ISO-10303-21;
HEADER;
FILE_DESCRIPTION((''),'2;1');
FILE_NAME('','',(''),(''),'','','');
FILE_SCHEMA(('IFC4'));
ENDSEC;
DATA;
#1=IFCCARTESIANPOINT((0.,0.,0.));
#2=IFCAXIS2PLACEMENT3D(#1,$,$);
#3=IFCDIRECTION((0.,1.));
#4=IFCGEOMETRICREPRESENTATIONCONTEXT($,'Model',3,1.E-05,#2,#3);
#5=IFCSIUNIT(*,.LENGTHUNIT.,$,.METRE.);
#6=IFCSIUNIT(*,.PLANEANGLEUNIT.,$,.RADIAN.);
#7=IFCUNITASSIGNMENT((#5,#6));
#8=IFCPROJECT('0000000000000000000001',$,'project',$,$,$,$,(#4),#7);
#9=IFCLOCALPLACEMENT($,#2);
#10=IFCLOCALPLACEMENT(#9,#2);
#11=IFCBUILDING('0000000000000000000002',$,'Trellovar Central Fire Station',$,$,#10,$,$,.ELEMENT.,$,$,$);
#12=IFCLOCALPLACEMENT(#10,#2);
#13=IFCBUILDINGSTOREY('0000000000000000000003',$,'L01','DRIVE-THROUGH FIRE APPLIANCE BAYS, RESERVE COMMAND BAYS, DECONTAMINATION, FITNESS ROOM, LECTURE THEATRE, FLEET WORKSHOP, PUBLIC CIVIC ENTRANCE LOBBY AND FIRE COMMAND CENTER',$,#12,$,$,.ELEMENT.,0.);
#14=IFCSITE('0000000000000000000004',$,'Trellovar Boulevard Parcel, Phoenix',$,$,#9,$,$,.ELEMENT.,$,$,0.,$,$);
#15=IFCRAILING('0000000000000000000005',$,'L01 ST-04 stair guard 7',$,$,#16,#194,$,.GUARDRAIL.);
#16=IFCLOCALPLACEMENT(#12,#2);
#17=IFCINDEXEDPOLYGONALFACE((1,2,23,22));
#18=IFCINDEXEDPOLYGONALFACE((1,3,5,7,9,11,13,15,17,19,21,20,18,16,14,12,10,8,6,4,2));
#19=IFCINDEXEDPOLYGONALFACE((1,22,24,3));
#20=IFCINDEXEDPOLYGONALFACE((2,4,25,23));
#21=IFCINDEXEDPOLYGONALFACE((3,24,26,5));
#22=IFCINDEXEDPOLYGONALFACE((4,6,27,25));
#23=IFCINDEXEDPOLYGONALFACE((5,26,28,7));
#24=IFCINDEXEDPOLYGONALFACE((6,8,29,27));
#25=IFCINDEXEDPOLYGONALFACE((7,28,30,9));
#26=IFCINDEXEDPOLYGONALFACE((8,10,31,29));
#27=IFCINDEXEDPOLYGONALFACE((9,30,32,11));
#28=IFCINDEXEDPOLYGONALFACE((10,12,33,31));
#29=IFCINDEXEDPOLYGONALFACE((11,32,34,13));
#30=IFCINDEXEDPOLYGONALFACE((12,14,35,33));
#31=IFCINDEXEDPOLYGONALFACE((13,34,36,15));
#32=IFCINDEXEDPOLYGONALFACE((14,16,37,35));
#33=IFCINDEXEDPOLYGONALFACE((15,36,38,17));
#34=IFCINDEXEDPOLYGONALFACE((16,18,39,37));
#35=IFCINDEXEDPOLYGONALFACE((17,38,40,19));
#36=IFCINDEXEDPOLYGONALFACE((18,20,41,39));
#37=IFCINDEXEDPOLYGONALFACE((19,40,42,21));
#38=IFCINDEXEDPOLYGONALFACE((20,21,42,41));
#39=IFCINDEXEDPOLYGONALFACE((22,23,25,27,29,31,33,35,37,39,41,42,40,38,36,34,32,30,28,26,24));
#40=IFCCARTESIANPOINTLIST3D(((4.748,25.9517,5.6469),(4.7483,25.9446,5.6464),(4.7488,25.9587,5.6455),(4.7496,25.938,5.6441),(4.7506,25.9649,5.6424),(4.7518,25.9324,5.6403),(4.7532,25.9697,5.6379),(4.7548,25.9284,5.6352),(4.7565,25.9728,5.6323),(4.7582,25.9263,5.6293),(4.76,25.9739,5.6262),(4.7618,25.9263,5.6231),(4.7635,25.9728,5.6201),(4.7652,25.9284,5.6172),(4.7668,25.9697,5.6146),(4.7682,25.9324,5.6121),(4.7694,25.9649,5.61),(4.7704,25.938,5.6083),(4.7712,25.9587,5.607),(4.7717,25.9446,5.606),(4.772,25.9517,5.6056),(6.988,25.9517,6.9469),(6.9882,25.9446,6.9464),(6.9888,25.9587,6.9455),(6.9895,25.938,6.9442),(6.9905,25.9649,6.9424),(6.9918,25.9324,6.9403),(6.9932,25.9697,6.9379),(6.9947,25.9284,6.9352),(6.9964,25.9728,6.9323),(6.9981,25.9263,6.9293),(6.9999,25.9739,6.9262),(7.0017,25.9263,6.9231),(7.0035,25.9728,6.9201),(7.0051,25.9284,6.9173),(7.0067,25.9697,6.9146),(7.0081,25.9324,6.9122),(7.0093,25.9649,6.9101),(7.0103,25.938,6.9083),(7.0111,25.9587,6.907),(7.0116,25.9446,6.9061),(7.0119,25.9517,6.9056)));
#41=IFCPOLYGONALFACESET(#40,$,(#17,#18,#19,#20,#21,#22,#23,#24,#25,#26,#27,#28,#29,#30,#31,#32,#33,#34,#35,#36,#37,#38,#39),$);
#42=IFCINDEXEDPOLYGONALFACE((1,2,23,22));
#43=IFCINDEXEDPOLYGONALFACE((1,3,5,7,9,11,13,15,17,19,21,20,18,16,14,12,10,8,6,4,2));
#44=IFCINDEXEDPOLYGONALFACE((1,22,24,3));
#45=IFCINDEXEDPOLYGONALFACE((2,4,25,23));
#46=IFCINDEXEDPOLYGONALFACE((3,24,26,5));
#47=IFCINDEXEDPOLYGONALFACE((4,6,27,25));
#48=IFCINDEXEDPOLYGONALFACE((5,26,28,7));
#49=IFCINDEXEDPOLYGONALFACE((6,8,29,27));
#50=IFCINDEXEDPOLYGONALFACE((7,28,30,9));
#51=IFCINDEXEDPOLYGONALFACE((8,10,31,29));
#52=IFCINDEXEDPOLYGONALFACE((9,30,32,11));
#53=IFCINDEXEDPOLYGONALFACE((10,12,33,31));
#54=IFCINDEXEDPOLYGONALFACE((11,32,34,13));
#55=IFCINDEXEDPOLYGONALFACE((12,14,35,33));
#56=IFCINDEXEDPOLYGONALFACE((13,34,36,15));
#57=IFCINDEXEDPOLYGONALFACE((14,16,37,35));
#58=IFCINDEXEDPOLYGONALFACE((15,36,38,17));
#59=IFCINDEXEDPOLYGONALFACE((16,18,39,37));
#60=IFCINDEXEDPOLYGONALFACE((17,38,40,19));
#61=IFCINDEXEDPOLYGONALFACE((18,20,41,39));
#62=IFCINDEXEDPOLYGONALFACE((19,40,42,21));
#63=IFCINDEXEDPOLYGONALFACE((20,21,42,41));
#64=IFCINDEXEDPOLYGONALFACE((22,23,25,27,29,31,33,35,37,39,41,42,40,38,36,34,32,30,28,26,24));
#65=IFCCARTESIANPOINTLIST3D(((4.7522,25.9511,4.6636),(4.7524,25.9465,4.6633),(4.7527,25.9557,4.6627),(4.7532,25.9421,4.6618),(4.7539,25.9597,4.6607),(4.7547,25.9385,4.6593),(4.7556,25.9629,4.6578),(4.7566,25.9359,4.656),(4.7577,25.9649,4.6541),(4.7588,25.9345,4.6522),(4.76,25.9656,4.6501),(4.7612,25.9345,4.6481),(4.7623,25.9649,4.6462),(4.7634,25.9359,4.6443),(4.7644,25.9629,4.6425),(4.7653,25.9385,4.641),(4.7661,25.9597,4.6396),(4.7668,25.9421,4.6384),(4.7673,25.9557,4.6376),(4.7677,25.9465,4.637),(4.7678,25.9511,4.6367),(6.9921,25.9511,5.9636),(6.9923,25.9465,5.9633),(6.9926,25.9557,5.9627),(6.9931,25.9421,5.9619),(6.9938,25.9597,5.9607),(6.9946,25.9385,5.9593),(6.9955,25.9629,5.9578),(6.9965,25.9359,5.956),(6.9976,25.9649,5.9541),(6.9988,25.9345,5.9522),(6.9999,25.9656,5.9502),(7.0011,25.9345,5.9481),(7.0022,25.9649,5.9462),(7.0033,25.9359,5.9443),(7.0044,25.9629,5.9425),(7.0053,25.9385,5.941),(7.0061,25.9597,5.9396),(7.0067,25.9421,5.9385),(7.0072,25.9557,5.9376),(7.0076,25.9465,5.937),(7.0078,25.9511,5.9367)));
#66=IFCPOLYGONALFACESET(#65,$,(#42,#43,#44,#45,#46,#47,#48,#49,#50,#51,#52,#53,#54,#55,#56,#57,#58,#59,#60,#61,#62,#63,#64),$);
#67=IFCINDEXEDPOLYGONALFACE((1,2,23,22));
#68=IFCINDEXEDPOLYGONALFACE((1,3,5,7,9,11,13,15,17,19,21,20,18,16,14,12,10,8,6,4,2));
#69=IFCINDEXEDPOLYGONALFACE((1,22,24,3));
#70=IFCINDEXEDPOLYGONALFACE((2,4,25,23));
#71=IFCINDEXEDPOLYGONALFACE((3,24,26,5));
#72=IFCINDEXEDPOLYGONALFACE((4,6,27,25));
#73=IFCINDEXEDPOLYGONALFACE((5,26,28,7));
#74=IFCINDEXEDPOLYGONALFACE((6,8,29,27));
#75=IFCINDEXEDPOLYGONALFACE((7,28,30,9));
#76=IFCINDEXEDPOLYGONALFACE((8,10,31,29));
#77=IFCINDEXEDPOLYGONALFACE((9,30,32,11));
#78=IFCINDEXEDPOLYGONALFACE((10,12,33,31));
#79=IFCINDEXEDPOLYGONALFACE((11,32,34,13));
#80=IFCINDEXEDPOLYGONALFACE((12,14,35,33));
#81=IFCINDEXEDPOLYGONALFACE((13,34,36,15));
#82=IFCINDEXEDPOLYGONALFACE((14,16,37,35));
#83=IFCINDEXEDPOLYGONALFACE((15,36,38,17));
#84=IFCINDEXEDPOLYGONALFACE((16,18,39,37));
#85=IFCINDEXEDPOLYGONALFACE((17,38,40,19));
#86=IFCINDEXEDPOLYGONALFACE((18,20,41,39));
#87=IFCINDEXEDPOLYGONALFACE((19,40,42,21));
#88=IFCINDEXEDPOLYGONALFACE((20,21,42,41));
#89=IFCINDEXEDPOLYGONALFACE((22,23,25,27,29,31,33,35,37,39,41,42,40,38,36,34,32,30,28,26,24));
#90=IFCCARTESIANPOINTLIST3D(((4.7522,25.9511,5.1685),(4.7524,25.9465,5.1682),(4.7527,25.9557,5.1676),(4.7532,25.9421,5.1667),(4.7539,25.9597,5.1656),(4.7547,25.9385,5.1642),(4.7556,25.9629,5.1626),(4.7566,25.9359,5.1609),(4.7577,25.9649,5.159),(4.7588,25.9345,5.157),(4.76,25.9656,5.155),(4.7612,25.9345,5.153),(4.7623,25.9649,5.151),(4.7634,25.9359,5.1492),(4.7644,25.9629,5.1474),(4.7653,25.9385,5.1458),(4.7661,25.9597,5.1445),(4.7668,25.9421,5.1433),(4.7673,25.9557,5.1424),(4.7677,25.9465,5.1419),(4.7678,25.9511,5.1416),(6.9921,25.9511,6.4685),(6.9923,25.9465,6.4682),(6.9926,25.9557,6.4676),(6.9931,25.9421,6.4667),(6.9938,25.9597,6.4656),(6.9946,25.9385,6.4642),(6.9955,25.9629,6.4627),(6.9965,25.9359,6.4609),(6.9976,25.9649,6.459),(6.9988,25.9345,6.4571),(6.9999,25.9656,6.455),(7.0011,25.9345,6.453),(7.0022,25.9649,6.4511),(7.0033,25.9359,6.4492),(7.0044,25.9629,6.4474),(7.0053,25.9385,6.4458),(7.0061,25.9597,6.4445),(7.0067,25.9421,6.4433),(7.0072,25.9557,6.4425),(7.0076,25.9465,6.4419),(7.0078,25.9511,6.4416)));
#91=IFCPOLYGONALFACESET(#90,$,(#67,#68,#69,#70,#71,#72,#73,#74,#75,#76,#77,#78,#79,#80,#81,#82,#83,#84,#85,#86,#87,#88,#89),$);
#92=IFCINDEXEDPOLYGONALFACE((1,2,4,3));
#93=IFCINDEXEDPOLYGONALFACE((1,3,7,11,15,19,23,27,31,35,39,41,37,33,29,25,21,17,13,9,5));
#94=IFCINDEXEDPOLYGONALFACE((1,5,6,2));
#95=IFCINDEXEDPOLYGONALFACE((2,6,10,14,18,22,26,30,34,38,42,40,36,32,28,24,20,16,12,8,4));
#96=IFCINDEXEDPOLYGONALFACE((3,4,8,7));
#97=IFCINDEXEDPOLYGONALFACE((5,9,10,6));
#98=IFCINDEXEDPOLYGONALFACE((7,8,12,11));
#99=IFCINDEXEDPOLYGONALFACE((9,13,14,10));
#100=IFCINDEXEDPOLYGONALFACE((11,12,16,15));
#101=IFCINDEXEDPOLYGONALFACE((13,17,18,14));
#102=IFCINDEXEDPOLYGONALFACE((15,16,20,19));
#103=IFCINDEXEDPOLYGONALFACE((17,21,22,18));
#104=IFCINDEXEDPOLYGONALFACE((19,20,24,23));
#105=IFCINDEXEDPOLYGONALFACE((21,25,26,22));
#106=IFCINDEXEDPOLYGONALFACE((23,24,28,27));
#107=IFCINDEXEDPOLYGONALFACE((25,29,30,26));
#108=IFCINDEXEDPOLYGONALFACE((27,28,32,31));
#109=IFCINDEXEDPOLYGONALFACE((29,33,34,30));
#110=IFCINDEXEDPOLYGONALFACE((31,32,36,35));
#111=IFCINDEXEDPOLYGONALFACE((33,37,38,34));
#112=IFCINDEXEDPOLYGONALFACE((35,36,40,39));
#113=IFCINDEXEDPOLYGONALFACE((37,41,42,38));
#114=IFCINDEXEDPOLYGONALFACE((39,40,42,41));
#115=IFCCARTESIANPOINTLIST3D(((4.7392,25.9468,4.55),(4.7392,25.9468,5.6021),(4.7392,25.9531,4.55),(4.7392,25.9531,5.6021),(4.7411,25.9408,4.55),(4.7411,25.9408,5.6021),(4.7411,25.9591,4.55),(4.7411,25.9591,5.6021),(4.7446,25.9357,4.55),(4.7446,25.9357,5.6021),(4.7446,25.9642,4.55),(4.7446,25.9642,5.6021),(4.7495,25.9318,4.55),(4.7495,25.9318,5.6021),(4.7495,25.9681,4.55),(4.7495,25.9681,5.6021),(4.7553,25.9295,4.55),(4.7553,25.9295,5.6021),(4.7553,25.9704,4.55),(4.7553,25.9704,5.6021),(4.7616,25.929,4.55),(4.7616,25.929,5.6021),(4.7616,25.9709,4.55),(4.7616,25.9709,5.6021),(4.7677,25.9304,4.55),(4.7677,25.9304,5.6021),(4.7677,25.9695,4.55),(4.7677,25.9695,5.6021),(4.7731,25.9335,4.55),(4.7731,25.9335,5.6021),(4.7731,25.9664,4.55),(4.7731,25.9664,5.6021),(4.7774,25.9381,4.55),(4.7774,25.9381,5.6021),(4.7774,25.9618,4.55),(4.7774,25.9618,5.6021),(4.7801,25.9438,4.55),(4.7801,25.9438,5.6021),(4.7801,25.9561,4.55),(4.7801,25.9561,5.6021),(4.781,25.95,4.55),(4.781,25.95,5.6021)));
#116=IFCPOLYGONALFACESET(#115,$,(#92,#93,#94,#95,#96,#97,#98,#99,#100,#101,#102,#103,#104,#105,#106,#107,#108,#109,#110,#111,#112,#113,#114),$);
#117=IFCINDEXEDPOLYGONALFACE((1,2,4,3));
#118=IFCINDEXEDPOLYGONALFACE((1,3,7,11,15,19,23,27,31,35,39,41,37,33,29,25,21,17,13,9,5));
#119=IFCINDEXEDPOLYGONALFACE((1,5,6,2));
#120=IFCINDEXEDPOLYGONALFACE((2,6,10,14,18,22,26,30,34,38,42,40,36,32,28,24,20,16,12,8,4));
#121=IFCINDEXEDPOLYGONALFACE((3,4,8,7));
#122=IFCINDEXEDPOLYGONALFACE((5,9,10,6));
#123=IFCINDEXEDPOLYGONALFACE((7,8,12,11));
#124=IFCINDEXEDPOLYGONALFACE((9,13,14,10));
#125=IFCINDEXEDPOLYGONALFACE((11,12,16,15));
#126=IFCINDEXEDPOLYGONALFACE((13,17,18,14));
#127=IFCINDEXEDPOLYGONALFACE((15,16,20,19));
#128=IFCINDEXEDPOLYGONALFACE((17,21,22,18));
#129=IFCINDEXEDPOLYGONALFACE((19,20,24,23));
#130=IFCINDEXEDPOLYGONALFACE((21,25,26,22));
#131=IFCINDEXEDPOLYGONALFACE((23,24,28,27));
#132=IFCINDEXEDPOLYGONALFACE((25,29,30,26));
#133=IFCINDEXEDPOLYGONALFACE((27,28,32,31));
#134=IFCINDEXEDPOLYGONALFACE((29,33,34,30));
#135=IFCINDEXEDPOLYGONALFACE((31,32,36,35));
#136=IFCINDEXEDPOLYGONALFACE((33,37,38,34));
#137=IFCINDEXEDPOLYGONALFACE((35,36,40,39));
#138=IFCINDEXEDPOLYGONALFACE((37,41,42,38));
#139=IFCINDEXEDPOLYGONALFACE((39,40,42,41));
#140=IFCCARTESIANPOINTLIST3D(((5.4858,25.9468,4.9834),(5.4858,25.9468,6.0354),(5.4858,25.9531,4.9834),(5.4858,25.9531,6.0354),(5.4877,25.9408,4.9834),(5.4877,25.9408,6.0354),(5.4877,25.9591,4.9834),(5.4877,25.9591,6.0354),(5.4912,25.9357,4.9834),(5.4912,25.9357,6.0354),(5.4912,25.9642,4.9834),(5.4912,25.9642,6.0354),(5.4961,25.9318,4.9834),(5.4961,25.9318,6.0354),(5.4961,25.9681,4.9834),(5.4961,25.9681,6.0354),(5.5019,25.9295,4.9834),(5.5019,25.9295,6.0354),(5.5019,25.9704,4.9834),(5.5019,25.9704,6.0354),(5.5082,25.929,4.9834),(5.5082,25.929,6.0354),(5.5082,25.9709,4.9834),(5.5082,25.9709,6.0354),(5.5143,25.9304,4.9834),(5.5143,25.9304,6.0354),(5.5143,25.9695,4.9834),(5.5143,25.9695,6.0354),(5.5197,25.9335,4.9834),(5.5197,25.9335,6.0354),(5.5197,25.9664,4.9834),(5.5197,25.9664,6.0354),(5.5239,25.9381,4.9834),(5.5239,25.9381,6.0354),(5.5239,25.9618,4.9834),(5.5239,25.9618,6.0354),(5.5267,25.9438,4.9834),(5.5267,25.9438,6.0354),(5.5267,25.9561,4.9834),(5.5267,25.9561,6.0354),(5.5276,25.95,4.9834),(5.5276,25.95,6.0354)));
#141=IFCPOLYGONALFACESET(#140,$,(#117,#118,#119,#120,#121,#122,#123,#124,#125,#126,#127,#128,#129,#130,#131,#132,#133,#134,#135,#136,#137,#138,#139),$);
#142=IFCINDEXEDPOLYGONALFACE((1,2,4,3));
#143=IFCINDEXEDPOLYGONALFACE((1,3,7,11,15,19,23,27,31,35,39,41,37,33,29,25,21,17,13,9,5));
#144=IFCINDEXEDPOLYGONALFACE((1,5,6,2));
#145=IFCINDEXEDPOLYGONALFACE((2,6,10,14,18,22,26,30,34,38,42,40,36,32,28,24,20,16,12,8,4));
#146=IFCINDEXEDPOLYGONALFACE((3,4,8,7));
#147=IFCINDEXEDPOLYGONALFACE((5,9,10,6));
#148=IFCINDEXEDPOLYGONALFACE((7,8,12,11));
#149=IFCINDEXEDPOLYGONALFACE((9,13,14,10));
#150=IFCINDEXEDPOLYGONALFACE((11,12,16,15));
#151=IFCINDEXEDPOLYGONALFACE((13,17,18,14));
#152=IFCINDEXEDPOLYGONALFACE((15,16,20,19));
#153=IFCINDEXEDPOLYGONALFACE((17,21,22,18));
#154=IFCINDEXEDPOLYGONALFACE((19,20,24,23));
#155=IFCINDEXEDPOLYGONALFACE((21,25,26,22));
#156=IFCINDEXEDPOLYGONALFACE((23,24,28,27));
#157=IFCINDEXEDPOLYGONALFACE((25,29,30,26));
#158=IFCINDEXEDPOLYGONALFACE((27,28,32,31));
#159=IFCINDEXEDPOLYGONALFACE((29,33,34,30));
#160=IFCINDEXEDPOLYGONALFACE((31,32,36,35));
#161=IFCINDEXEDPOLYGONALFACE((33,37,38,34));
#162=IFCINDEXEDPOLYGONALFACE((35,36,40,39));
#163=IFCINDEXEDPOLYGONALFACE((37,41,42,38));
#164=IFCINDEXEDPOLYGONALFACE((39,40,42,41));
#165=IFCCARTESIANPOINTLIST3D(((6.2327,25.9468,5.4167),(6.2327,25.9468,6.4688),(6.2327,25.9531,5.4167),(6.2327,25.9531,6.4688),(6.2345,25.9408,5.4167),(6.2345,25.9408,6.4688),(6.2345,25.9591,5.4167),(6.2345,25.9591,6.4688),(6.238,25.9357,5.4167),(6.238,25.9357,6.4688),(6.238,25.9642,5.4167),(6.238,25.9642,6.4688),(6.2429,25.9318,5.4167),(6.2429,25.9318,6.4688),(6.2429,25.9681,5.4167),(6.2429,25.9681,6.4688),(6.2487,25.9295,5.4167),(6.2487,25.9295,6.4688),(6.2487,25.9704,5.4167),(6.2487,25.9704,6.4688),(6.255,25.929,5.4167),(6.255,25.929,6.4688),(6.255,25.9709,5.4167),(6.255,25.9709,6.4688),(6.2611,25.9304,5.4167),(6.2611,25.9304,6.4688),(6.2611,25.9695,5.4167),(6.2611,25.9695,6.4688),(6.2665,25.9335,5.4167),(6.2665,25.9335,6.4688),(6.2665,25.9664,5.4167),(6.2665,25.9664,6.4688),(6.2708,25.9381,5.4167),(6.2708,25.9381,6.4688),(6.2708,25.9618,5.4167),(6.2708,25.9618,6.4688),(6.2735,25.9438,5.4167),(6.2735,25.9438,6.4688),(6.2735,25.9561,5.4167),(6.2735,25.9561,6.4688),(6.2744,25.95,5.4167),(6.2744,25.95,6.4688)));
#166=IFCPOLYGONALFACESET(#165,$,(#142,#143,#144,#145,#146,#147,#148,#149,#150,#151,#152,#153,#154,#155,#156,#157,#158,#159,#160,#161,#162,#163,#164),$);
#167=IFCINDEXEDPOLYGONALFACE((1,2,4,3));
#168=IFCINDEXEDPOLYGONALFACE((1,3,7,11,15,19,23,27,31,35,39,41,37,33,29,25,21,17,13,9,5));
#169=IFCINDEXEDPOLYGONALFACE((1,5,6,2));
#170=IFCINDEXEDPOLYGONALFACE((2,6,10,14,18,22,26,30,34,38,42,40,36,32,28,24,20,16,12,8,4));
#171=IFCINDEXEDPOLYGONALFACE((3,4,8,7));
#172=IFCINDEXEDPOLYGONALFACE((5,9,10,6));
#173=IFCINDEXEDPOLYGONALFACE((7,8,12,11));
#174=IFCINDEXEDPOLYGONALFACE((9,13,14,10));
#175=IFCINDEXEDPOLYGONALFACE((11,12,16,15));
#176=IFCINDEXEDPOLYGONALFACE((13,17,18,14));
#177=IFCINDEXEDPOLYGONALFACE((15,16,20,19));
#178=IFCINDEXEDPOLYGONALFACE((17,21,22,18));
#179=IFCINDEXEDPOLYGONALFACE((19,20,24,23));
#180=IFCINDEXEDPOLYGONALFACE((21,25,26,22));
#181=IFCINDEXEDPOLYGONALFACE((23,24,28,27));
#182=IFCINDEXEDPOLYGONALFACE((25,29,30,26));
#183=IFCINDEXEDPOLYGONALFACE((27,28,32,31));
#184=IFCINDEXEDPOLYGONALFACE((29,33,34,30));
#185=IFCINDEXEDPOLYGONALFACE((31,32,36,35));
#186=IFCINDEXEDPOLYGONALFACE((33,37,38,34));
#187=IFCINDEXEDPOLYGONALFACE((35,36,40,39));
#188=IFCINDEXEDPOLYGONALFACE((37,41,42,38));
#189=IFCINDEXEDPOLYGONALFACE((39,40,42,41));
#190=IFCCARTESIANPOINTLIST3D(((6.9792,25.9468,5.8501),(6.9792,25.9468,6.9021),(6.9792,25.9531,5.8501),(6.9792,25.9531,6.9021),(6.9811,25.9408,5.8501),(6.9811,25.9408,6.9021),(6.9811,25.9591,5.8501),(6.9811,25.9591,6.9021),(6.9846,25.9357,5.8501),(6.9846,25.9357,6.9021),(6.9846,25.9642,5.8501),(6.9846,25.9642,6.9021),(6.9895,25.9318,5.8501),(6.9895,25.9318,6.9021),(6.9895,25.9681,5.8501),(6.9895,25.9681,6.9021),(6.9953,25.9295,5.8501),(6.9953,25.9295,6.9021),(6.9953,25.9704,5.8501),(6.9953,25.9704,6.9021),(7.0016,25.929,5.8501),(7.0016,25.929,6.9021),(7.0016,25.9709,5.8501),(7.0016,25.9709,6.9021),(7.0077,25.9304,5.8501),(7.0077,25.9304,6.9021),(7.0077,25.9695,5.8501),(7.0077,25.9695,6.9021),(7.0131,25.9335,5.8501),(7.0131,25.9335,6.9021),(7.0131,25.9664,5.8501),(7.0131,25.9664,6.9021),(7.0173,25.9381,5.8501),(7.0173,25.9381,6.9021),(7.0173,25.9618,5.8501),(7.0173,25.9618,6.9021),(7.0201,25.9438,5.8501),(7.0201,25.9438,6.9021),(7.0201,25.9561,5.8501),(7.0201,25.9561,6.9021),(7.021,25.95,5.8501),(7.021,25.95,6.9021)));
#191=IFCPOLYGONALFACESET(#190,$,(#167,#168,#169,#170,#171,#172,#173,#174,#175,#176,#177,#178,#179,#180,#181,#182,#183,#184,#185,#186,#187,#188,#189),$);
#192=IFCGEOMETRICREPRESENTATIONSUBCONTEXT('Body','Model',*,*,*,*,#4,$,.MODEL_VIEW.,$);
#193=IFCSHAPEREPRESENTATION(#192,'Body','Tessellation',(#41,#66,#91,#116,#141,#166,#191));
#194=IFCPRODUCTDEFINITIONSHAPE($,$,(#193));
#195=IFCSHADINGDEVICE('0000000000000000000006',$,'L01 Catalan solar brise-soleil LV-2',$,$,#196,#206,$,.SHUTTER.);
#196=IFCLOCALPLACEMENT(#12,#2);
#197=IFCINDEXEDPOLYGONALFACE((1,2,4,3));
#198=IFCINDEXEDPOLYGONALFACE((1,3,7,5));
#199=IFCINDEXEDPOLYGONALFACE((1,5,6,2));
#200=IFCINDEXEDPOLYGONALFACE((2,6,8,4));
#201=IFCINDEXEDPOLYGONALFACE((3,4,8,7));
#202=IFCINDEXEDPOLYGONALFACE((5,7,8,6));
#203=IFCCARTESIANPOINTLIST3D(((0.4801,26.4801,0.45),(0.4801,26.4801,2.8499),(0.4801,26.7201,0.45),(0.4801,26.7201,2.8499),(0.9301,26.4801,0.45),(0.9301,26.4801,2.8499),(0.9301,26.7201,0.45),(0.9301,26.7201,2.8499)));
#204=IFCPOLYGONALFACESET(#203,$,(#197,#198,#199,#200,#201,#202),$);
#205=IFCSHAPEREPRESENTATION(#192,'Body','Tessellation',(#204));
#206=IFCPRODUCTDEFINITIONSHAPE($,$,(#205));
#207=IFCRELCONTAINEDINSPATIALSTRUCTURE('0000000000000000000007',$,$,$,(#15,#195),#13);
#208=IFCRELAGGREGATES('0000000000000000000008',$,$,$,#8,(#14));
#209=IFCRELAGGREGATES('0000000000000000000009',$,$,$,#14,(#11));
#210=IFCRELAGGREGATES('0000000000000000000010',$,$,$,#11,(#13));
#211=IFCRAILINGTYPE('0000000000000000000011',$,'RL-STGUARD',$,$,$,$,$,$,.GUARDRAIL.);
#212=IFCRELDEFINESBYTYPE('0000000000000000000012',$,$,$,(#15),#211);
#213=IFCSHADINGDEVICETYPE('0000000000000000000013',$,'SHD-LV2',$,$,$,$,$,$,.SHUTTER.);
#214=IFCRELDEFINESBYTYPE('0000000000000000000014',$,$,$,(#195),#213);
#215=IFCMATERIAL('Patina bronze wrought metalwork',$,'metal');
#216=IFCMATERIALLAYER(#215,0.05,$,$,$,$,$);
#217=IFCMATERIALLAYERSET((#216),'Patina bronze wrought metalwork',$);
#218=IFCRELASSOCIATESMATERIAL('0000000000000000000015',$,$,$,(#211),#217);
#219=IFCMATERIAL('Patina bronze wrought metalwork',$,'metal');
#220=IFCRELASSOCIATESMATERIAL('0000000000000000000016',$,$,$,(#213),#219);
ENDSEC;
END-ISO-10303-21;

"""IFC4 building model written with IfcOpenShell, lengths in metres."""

from ifc_helpers import new_model, si_unit, direction, frame, origin, origin_2d, place, context, subcontext, project, spatial, rectangle, circle, extrude, material, layer, layer_set, type_object, element, save


model = new_model("IFC4")

# Units and contexts
model_context = context("Model", 3, precision=1e-05, world=origin(), true_north=direction((0.0, 1.0)))
body_context = subcontext(model_context, "Body", "Model", "MODEL_VIEW")
ifc_project = project(units=[si_unit("LENGTHUNIT", "METRE"), si_unit("PLANEANGLEUNIT", "RADIAN")], contexts=[model_context])

# Site, building, storey
site_placement = place(None, origin())
site = spatial("IfcSite", under=ifc_project, at=site_placement, Name="Trellovar Boulevard Parcel, Phoenix", CompositionType="ELEMENT", RefElevation=0.0)
building_placement = place(site_placement, origin())
building = spatial("IfcBuilding", under=site, at=building_placement, Name="Trellovar Central Fire Station", CompositionType="ELEMENT")
storey_placement = place(building_placement, origin())
storey = spatial("IfcBuildingStorey", under=building, at=storey_placement, Name="L01", Description="DRIVE-THROUGH FIRE APPLIANCE BAYS, RESERVE COMMAND BAYS, DECONTAMINATION, FITNESS ROOM, LECTURE THEATRE, FLEET WORKSHOP, PUBLIC CIVIC ENTRANCE LOBBY AND FIRE COMMAND CENTER", CompositionType="ELEMENT", Elevation=0.0)

# Railing
ifc_material_1 = material(Name="Patina bronze wrought metalwork", Category="metal")
ifc_layer_1 = layer(ifc_material_1, 0.05)
ifc_layer_set_1 = layer_set([ifc_layer_1], Name="Patina bronze wrought metalwork")
railing_type_1 = type_object("IfcRailingType", Name="RL-STGUARD", PredefinedType="GUARDRAIL", material=ifc_layer_set_1)
railing_1_placement = place(storey_placement, frame((4.76, 25.95, 4.55)))
element("IfcRailing", 1, at=railing_1_placement, inside=storey, type_object=railing_type_1, Name="L01 ST-04 stair guard 7", PredefinedType="GUARDRAIL", context=body_context, shape_type="SweptSolid", body=[
    extrude(circle(Radius=0.0239, at=origin_2d()), frame((0.0, 0.0, 1.0762), z_axis=(0.864888, 0.0, 0.501965), x_axis=(0.0, 1.0, 0.0)), (0.0, 0.0, 1.0), 2.5898),
    extrude(circle(Radius=0.0156, at=origin_2d()), frame((0.0, 0.0, 0.1001), z_axis=(0.864888, 0.0, 0.501965), x_axis=(0.0, 1.0, 0.0)), (0.0, 0.0, 1.0), 2.5898),
    extrude(circle(Radius=0.0156, at=origin_2d()), frame((0.0, 0.0, 0.605), z_axis=(0.864888, 0.0, 0.501965), x_axis=(0.0, 1.0, 0.0)), (0.0, 0.0, 1.0), 2.5898),
    extrude(circle(Radius=0.021, at=origin_2d()), origin(), (0.0, 0.0, 1.0), 1.052),
    extrude(circle(Radius=0.021, at=origin_2d()), frame((0.7466, 0.0, 0.4333)), (0.0, 0.0, 1.0), 1.052),
    extrude(circle(Radius=0.021, at=origin_2d()), frame((1.4934, 0.0, 0.8667)), (0.0, 0.0, 1.0), 1.052),
    extrude(circle(Radius=0.021, at=origin_2d()), frame((2.24, 0.0, 1.3)), (0.0, 0.0, 1.0), 1.052),
])

# Shading device
ifc_material_2 = material(Name="Patina bronze wrought metalwork", Category="metal")
shading_device_type = type_object("IfcShadingDeviceType", Name="SHD-LV2", PredefinedType="SHUTTER", material=ifc_material_2)
shading_device_placement = place(storey_placement, frame((0.7051, 26.6001, 0.45), z_axis=(0.0, 0.0, 1.0), x_axis=(1.0, 0.0, 0.0)))
element("IfcShadingDevice", 2, at=shading_device_placement, inside=storey, type_object=shading_device_type, Name="L01 Catalan solar brise-soleil LV-2", PredefinedType="SHUTTER", context=body_context, shape_type="SweptSolid", body=[
    extrude(rectangle(XDim=0.45, YDim=0.24, at=origin_2d()), origin(), (0.0, 0.0, 1.0), 2.3999),
])

save(model, "model.ifc")
